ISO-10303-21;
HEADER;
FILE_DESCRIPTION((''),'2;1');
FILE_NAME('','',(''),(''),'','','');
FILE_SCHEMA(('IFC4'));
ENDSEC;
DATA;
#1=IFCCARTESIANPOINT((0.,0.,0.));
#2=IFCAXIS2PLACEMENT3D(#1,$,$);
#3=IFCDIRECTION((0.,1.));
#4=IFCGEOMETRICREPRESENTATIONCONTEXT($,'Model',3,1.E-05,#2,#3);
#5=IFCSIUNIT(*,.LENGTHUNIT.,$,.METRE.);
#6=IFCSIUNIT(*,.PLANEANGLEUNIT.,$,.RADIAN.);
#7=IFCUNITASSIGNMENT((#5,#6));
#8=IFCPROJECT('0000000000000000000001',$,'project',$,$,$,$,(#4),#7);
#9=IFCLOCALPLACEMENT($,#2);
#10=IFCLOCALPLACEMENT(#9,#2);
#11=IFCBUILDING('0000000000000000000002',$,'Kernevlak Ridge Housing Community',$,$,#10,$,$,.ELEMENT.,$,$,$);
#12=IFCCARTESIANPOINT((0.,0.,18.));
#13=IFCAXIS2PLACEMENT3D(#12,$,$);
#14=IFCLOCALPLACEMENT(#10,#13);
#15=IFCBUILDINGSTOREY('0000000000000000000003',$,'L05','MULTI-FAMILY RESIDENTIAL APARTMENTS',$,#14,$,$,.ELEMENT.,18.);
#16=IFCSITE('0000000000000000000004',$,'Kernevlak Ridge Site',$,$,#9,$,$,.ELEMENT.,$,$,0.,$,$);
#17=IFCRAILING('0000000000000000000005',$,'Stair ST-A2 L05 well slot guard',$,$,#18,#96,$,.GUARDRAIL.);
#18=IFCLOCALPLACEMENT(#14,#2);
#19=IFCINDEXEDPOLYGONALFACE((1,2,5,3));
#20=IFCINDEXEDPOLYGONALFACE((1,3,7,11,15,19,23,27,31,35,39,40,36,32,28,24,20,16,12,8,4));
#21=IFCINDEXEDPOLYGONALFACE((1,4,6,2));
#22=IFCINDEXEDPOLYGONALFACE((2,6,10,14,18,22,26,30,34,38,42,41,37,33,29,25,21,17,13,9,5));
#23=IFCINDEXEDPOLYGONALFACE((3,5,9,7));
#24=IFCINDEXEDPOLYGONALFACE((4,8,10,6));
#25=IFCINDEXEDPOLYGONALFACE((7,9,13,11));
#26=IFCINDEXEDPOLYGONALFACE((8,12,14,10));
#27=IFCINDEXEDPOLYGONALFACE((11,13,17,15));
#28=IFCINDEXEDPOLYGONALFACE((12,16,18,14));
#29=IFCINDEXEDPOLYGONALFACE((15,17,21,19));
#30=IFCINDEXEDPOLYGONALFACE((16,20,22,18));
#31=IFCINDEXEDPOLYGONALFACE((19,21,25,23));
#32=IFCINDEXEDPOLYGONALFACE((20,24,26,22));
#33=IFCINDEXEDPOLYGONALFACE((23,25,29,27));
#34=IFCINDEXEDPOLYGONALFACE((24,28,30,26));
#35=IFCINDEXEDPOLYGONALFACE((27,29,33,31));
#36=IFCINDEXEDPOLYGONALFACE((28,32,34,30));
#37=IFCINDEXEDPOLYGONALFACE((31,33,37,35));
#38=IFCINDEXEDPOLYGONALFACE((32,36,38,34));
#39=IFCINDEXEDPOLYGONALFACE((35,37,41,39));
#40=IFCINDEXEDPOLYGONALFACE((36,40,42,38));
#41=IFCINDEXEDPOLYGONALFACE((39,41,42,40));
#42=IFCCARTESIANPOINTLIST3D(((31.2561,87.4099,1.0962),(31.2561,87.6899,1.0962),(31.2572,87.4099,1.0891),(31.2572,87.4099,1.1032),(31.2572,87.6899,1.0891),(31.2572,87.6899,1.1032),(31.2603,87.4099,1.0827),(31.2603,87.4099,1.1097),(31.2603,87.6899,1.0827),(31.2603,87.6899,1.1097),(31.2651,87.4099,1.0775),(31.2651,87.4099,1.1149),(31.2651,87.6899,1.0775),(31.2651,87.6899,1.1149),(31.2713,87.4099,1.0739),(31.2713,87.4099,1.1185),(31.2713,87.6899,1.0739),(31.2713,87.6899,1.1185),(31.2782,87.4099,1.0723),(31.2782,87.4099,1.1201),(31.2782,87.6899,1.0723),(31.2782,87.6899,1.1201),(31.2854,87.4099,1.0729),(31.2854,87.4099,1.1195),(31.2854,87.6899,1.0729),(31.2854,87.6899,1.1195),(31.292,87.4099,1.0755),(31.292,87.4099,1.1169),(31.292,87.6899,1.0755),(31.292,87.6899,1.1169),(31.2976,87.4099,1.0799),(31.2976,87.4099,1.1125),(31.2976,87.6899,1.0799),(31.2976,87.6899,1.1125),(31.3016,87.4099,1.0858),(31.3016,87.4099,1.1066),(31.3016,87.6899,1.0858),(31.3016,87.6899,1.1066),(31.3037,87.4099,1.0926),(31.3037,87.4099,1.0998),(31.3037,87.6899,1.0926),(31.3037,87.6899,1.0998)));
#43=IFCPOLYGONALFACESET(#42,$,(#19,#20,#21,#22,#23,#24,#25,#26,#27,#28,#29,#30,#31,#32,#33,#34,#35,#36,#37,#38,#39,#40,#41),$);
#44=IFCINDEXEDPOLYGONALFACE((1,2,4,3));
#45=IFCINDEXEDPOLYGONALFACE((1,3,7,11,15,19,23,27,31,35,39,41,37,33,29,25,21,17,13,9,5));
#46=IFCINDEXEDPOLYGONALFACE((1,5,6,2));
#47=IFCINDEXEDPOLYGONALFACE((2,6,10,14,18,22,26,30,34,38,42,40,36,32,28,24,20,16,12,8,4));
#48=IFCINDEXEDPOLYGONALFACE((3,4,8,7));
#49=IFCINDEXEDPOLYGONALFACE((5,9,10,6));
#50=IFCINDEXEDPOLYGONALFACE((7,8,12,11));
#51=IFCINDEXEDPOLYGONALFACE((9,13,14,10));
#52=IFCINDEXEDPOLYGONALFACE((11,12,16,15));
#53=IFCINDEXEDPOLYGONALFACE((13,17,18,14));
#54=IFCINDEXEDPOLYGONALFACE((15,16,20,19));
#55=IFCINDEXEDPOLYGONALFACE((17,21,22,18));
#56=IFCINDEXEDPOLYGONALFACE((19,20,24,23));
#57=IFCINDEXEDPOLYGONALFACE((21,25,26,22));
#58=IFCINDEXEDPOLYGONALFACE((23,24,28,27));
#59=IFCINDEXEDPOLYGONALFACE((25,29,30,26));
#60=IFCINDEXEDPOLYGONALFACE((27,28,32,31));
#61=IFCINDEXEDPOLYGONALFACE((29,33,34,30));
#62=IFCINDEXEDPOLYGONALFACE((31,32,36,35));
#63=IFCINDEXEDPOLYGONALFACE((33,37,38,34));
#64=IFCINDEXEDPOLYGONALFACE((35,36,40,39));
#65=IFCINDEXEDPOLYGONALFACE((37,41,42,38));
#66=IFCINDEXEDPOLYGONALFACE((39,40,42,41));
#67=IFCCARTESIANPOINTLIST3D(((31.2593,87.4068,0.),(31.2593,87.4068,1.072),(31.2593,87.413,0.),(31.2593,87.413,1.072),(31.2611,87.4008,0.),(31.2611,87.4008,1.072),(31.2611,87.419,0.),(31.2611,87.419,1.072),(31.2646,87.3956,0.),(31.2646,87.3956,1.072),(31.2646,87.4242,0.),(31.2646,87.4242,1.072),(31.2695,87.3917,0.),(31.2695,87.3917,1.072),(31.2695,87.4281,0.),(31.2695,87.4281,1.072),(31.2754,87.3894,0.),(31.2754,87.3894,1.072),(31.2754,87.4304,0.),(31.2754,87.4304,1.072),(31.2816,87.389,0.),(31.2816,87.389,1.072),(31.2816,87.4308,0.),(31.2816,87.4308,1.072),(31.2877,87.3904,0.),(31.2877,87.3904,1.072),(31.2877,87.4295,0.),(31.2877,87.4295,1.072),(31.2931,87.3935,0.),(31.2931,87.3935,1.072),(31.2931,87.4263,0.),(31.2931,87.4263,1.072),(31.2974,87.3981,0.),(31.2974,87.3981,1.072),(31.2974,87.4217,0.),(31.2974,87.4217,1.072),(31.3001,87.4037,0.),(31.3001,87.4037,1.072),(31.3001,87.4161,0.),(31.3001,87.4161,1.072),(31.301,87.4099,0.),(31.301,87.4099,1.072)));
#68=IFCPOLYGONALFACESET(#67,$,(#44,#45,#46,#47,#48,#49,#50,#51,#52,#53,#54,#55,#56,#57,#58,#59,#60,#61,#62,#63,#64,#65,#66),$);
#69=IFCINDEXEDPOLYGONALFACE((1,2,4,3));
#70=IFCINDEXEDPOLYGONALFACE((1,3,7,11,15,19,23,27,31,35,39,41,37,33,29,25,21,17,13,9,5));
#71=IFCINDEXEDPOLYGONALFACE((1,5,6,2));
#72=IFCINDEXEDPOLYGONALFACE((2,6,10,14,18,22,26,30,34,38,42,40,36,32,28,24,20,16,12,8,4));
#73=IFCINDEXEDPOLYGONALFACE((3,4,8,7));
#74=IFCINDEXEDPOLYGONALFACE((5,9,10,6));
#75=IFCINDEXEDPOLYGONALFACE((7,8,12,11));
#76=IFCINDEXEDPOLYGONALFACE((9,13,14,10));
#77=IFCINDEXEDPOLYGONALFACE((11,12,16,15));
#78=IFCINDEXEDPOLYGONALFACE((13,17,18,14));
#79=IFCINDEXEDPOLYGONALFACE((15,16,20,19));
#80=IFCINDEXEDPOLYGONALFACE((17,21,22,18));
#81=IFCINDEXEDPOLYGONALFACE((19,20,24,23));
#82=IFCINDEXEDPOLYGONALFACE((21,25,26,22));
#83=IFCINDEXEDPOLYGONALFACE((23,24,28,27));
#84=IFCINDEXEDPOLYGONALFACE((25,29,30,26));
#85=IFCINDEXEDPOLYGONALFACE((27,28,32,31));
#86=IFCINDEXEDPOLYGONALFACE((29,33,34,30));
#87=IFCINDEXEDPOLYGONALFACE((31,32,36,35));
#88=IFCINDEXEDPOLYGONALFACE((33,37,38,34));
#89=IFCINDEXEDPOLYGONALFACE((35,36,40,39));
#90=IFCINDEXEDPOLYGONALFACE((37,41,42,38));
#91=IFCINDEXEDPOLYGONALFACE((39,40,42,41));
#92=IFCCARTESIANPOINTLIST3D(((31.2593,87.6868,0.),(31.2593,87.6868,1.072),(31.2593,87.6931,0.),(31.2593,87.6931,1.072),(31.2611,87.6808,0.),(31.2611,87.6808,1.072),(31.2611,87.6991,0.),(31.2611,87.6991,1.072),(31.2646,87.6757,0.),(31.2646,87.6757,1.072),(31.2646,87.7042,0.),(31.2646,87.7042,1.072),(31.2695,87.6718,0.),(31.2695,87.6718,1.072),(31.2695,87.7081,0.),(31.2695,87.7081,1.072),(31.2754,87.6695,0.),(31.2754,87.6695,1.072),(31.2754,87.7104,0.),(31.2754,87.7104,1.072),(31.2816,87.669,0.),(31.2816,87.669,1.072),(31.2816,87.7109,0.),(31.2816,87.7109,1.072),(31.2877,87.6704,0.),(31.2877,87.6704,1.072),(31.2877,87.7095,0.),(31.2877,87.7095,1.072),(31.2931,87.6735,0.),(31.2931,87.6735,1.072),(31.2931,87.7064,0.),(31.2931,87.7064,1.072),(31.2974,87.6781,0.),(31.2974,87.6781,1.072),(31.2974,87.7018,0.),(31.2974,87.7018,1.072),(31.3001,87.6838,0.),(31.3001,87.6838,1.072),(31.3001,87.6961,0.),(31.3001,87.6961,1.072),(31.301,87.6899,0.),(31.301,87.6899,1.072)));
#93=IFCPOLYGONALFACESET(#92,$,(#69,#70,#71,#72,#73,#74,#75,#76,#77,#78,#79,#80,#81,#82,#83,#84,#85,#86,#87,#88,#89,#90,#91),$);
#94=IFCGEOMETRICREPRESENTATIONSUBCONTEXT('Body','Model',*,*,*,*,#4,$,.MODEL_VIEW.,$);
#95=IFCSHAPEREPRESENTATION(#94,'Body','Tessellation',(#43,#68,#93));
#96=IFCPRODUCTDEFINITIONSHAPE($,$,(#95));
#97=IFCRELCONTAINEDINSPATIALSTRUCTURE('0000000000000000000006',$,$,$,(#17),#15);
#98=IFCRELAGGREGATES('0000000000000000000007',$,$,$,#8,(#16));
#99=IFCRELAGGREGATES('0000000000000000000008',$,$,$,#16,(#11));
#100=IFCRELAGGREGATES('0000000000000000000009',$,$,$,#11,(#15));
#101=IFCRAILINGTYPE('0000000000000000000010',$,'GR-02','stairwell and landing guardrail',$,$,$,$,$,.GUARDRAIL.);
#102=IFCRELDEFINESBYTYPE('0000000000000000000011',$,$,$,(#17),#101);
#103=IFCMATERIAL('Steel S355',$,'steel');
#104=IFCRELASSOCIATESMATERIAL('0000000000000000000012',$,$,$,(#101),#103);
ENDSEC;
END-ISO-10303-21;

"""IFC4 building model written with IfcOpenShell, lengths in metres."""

from ifc_helpers import new_model, si_unit, direction, frame, origin, origin_2d, place, context, subcontext, project, spatial, circle, extrude, material, type_object, element, save


model = new_model("IFC4")

# Units and contexts
model_context = context("Model", 3, precision=1e-05, world=origin(), true_north=direction((0.0, 1.0)))
body_context = subcontext(model_context, "Body", "Model", "MODEL_VIEW")
ifc_project = project(units=[si_unit("LENGTHUNIT", "METRE"), si_unit("PLANEANGLEUNIT", "RADIAN")], contexts=[model_context])

# Site, building, storey
site_placement = place(None, origin())
site = spatial("IfcSite", under=ifc_project, at=site_placement, Name="Kernevlak Ridge Site", CompositionType="ELEMENT", RefElevation=0.0)
building_placement = place(site_placement, origin())
building = spatial("IfcBuilding", under=site, at=building_placement, Name="Kernevlak Ridge Housing Community", CompositionType="ELEMENT")
storey_placement = place(building_placement, frame((0.0, 0.0, 18.0)))
storey = spatial("IfcBuildingStorey", under=building, at=storey_placement, Name="L05", Description="MULTI-FAMILY RESIDENTIAL APARTMENTS", CompositionType="ELEMENT", Elevation=18.0)

# Railing
ifc_material_1 = material(Name="Steel S355", Category="steel")
railing_type_1 = type_object("IfcRailingType", Name="GR-02", Description="stairwell and landing guardrail", PredefinedType="GUARDRAIL", material=ifc_material_1)
railing_1_placement = place(storey_placement, frame((31.28, 87.4099, 0.0)))
element("IfcRailing", 1, at=railing_1_placement, inside=storey, type_object=railing_type_1, Name="Stair ST-A2 L05 well slot guard", PredefinedType="GUARDRAIL", context=body_context, shape_type="SweptSolid", body=[
    extrude(circle(Radius=0.0239, at=origin_2d()), frame((0.0, 0.0, 1.0962), z_axis=(0.0, 1.0, 0.0), x_axis=(-1.0, 0.0, 0.0)), (0.0, 0.0, 1.0), 0.28),
    extrude(circle(Radius=0.021, at=origin_2d()), origin(), (0.0, 0.0, 1.0), 1.072),
    extrude(circle(Radius=0.021, at=origin_2d()), frame((0.0, 0.28, 0.0)), (0.0, 0.0, 1.0), 1.072),
])

save(model, "model.ifc")
